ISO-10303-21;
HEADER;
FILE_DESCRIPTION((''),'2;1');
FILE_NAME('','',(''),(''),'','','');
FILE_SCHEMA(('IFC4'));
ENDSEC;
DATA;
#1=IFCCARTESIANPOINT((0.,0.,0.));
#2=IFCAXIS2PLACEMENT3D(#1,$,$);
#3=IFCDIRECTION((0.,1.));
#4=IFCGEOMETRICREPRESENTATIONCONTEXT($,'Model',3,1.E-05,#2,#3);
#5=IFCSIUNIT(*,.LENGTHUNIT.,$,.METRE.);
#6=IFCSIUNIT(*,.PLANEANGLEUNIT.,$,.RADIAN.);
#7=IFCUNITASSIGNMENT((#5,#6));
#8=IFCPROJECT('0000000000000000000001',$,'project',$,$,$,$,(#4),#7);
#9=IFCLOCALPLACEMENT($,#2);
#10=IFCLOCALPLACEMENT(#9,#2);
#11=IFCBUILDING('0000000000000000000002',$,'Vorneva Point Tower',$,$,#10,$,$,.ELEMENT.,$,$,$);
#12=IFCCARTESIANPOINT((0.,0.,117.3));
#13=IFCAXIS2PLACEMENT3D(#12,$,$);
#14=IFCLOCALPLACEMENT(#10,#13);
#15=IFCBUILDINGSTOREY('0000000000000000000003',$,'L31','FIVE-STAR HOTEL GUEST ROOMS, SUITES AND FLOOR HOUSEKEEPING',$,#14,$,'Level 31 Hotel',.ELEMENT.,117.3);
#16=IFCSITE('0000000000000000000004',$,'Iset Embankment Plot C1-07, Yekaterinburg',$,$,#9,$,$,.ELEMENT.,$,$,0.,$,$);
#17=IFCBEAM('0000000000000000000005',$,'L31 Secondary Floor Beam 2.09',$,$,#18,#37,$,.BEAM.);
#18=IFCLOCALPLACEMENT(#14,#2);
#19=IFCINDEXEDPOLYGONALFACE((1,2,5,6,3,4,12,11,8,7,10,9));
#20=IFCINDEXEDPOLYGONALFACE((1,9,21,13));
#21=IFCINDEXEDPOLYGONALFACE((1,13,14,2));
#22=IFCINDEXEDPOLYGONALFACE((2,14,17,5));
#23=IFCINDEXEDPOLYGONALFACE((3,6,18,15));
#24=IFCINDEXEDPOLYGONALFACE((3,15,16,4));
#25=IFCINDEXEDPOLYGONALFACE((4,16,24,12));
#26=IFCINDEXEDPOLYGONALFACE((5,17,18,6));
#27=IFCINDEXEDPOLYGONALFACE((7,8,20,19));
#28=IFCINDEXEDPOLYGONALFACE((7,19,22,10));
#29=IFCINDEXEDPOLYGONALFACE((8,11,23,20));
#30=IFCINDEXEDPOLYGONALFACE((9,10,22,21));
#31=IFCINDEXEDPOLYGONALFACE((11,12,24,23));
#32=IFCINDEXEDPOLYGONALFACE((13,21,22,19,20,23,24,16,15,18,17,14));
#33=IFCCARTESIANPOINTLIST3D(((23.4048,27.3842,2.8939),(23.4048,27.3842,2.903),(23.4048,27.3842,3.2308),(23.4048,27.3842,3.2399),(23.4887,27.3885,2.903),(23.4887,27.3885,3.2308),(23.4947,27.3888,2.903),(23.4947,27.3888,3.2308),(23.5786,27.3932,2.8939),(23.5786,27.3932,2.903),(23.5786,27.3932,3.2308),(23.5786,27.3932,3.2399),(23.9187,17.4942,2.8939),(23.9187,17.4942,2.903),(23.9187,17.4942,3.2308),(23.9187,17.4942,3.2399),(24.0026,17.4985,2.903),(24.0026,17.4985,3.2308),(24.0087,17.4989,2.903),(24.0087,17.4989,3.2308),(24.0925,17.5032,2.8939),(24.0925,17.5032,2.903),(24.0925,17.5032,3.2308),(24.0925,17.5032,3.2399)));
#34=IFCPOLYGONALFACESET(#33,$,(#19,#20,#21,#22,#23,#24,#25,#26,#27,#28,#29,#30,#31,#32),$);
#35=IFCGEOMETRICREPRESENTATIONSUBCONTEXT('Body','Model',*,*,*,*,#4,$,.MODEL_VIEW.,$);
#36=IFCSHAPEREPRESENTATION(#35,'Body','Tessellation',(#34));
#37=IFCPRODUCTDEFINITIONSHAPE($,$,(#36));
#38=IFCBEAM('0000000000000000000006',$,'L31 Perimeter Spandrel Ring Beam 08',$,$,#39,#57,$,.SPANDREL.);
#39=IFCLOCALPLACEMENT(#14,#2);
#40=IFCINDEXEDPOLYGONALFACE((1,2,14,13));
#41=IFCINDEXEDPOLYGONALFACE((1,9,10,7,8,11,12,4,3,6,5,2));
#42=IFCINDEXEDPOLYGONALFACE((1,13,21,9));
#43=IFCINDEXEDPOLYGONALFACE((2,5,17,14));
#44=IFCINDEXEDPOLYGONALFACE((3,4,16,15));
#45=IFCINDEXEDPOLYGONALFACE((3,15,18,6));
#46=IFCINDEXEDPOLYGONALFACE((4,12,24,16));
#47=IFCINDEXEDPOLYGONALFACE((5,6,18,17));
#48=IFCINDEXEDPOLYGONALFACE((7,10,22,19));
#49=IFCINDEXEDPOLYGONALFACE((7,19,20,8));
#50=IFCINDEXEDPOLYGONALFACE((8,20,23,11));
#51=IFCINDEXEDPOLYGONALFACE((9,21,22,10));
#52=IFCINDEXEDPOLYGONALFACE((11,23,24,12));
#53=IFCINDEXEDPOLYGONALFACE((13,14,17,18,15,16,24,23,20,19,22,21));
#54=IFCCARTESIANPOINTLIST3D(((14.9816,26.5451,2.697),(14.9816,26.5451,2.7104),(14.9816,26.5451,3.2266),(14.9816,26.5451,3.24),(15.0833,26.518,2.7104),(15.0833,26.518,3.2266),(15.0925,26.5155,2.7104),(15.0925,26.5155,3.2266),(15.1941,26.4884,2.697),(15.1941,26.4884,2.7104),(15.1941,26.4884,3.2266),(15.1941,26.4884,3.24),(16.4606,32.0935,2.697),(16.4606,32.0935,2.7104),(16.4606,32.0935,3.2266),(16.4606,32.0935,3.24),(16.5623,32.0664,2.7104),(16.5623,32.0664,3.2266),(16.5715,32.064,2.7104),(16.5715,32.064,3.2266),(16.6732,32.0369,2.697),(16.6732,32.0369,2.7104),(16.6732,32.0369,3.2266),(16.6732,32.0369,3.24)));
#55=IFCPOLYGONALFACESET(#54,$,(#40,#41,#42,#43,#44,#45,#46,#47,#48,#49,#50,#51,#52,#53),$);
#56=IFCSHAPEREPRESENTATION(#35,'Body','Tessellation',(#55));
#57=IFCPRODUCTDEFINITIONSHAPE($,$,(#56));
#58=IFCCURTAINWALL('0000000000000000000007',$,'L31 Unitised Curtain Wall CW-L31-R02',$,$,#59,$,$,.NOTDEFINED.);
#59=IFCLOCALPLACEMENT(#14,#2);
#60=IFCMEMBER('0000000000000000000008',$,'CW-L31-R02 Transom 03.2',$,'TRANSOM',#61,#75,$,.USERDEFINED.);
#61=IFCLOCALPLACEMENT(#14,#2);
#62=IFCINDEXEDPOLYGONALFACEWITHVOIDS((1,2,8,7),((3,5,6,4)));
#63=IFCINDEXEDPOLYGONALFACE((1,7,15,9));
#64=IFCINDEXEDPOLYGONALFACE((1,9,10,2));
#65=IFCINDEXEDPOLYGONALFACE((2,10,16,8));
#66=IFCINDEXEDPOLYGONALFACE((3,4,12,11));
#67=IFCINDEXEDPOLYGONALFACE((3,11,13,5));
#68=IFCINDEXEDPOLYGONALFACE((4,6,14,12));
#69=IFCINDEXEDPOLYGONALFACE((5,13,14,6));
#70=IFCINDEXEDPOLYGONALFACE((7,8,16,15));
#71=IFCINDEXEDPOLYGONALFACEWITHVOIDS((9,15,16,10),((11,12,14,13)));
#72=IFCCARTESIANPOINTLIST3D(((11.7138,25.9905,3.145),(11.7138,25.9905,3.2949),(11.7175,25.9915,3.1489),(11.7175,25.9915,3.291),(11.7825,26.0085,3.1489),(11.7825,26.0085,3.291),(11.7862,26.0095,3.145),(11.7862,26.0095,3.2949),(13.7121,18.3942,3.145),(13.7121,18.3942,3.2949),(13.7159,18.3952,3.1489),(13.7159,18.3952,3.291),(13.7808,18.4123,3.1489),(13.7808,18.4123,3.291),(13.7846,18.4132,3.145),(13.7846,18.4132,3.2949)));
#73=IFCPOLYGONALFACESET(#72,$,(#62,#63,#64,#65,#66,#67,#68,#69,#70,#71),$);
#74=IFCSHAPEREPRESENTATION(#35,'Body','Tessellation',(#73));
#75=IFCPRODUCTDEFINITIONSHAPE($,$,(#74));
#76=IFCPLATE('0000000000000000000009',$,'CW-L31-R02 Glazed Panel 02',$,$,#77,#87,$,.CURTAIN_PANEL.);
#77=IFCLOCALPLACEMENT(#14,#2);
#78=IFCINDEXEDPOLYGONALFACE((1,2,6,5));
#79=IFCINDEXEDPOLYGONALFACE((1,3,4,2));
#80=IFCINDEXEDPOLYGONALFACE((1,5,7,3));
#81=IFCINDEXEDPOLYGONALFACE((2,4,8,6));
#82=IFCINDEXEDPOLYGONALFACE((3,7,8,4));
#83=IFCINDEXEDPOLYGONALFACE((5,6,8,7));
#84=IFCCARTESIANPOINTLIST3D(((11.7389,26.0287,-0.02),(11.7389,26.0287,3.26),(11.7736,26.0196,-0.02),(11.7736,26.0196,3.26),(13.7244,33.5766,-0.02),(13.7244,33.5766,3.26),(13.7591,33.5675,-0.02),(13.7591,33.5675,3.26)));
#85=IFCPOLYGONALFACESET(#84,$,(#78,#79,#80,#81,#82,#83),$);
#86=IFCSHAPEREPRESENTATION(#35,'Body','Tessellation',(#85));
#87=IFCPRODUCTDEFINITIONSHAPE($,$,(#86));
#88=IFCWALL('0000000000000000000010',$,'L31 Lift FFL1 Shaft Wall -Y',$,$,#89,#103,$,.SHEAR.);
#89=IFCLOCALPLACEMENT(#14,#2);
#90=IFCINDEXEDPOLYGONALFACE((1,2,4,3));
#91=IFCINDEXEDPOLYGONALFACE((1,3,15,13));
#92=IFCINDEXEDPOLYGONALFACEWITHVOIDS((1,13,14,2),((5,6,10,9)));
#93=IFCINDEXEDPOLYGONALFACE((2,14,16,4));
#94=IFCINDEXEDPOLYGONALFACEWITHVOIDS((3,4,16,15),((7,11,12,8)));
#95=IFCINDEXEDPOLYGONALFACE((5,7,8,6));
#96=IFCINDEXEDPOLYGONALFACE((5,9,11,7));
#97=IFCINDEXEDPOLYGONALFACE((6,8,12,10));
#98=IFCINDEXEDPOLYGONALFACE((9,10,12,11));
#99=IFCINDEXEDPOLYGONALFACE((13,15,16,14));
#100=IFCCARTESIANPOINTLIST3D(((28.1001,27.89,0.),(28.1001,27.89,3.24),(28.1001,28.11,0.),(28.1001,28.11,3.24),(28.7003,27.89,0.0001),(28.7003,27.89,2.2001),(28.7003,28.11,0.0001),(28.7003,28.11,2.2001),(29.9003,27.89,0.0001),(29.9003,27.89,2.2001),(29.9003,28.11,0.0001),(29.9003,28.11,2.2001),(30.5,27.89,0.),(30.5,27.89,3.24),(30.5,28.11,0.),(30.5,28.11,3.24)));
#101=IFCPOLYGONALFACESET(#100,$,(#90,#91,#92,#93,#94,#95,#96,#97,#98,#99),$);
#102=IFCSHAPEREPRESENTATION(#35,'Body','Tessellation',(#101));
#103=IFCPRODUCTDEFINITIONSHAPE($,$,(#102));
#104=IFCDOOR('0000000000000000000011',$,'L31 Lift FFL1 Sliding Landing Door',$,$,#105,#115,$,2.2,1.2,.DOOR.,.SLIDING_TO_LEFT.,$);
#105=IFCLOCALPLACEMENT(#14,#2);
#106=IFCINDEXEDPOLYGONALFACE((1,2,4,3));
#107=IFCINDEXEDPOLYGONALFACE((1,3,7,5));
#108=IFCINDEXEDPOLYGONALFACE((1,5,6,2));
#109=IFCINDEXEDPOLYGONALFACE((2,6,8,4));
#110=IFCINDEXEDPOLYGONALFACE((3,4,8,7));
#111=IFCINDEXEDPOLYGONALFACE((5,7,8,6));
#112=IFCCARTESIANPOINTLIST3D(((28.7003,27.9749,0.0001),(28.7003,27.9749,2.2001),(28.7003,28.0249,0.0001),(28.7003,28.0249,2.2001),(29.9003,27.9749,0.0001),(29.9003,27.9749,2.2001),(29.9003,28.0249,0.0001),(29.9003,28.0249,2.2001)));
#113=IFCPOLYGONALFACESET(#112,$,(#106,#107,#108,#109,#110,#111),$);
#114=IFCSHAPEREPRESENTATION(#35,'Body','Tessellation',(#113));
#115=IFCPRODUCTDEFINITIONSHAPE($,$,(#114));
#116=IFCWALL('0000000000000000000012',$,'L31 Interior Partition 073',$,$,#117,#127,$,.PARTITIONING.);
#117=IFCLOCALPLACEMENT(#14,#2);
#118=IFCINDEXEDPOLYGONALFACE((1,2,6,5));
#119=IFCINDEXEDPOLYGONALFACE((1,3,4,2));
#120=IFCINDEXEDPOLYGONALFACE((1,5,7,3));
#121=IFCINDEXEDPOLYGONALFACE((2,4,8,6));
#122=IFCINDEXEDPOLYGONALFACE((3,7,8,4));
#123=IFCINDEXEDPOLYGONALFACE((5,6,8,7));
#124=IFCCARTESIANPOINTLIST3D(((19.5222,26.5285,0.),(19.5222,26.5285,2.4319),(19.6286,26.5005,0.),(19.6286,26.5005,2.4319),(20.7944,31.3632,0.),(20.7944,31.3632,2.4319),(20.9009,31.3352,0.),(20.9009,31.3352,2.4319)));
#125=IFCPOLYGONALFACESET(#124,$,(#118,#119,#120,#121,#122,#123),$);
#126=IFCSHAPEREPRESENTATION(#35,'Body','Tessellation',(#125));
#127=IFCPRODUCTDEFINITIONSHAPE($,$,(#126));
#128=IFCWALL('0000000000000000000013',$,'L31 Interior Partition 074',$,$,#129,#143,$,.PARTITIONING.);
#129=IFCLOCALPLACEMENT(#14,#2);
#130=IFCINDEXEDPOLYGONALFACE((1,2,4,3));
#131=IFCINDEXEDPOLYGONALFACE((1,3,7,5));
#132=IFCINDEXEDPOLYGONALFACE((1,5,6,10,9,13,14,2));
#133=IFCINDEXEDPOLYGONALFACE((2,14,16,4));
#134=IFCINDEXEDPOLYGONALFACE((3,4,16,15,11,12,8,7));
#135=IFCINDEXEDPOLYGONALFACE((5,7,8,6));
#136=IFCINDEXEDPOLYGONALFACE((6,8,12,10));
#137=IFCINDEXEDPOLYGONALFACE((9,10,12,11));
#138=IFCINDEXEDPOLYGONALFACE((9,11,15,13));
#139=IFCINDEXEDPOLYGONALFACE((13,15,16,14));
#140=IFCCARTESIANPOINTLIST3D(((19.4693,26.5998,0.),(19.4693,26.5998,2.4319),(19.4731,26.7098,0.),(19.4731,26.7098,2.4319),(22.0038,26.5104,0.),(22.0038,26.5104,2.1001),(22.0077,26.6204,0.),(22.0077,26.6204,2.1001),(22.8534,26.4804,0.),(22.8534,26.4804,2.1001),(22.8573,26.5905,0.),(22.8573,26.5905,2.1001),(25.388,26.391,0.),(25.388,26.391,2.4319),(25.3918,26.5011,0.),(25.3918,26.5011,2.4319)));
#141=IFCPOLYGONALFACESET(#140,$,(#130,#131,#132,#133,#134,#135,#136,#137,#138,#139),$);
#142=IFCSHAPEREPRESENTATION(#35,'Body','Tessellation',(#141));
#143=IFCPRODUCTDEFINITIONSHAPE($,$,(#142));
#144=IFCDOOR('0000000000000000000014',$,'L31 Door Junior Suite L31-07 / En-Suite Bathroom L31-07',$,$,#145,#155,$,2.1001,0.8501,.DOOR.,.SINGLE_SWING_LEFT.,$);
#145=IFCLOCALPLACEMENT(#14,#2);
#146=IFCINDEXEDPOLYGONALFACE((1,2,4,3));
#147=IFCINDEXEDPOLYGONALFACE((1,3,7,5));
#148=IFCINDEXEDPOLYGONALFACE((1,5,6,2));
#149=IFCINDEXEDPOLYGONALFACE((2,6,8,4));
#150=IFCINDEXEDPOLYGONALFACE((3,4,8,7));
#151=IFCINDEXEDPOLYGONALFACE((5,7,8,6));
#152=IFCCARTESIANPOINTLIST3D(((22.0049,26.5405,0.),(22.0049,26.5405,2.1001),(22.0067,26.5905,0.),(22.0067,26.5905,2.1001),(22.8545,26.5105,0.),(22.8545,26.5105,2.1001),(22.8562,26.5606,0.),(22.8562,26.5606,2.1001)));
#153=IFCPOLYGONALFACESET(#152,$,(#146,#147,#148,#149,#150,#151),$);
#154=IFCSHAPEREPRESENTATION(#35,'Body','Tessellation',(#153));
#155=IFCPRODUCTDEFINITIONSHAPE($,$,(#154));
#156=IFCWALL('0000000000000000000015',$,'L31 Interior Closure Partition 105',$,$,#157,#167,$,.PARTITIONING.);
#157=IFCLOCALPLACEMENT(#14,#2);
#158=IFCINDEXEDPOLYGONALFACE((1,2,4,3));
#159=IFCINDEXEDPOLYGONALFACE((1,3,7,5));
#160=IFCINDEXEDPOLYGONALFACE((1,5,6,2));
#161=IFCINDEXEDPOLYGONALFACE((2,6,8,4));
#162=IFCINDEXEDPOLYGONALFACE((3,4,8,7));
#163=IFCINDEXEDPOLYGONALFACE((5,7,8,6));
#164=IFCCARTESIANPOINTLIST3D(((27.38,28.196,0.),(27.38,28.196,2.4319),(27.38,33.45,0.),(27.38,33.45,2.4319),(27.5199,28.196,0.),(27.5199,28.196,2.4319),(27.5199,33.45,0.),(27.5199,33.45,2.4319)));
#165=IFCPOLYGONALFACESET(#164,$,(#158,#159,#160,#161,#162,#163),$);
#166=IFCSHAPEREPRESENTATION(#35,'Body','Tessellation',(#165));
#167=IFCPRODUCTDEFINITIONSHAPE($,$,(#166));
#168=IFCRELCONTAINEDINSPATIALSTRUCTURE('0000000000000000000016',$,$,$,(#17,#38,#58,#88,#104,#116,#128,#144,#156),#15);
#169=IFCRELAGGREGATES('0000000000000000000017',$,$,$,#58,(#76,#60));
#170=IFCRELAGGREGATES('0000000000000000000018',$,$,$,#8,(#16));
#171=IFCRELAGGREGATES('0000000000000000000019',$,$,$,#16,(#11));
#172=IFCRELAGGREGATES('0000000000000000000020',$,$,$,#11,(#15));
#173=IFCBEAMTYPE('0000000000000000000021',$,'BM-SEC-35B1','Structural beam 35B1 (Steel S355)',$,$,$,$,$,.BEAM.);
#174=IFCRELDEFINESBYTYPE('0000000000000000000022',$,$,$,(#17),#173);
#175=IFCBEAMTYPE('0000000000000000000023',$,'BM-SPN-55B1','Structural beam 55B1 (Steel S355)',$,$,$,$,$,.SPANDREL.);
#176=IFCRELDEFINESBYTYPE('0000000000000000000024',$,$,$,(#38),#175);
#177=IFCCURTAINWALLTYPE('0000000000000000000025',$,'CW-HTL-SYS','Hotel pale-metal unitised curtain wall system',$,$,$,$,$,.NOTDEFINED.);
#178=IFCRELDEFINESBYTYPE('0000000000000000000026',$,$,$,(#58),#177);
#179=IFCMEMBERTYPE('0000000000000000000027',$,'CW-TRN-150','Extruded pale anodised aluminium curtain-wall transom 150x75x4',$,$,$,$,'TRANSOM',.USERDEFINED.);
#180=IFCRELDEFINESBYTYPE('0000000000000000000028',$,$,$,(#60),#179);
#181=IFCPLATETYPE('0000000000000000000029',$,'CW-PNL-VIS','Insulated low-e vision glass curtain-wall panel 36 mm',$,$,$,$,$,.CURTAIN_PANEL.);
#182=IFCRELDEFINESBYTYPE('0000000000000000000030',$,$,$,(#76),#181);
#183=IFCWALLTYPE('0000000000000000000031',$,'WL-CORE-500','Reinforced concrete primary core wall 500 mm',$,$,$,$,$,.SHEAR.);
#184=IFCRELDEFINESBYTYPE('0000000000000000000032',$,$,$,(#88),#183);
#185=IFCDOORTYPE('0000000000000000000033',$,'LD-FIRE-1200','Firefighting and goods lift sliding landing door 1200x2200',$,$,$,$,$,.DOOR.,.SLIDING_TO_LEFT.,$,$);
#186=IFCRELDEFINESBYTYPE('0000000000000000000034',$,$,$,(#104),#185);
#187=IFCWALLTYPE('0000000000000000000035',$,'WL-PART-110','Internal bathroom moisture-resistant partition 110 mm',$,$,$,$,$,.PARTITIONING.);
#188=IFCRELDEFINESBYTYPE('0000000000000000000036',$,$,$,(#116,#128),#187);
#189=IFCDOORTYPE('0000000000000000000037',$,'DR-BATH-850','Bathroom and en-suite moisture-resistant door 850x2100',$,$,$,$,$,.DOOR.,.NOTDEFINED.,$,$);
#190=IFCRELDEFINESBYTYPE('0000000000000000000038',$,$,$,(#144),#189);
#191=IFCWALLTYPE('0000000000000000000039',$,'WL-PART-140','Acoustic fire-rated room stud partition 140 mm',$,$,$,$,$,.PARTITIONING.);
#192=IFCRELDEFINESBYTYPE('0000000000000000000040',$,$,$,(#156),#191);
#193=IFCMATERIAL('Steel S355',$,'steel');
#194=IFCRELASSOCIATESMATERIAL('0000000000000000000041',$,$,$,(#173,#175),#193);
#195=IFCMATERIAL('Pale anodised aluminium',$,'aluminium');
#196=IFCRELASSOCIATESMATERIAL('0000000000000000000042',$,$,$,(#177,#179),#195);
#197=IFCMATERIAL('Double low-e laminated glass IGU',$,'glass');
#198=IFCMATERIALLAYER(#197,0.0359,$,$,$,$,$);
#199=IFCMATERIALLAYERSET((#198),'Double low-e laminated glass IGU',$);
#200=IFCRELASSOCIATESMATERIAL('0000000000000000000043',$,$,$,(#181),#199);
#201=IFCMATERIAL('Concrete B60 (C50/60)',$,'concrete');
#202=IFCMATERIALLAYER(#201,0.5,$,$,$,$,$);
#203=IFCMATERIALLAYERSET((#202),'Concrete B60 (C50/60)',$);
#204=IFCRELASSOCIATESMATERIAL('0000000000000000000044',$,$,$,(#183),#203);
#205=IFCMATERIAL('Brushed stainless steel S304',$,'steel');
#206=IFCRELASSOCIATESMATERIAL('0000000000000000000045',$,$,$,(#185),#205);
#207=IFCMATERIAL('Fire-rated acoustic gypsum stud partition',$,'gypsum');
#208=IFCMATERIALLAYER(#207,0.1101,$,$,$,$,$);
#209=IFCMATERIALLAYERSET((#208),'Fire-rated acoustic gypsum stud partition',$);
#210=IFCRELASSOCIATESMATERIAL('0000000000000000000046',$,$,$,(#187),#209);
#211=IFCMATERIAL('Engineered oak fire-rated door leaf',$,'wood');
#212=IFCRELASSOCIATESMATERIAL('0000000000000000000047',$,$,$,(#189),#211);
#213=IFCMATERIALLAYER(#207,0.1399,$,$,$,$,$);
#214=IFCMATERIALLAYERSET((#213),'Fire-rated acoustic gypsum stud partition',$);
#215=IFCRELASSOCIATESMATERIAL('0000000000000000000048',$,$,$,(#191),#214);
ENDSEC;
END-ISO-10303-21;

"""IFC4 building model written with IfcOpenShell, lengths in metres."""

from ifc_helpers import new_model, si_unit, direction, frame, frame_2d, origin, origin_2d, place, context, subcontext, project, spatial, rectangle, hollow_rectangle, i_section, extrude, material, layer, layer_set, material_profile, profile_set, type_object, element, fill, aggregate, save


model = new_model("IFC4")

# Units and contexts
model_context = context("Model", 3, precision=1e-05, world=origin(), true_north=direction((0.0, 1.0)))
body_context = subcontext(model_context, "Body", "Model", "MODEL_VIEW")
ifc_project = project(units=[si_unit("LENGTHUNIT", "METRE"), si_unit("PLANEANGLEUNIT", "RADIAN")], contexts=[model_context])

# Site, building, storey
site_placement = place(None, origin())
site = spatial("IfcSite", under=ifc_project, at=site_placement, Name="Iset Embankment Plot C1-07, Yekaterinburg", CompositionType="ELEMENT", RefElevation=0.0)
building_placement = place(site_placement, origin())
building = spatial("IfcBuilding", under=site, at=building_placement, Name="Vorneva Point Tower", CompositionType="ELEMENT")
storey_placement = place(building_placement, frame((0.0, 0.0, 117.3)))
storey = spatial("IfcBuildingStorey", under=building, at=storey_placement, Name="L31", Description="FIVE-STAR HOTEL GUEST ROOMS, SUITES AND FLOOR HOUSEKEEPING", LongName="Level 31 Hotel", CompositionType="ELEMENT", Elevation=117.3)

# Shared definitions
ifc_material_1 = material(Name="Concrete B60 (C50/60)", Category="concrete")

# Beams
ifc_material_2 = material(Name="Steel S355", Category="steel")
ifc_material_profile_1 = material_profile(ifc_material_2, i_section(OverallWidth=0.1741, OverallDepth=0.3459, WebThickness=0.0061, FlangeThickness=0.009, at=origin_2d()), Name="35B1")
ifc_profile_set_1 = profile_set([ifc_material_profile_1], Name="Steel S355")
beam_type_1 = type_object("IfcBeamType", Name="BM-SEC-35B1", Description="Structural beam 35B1 (Steel S355)", PredefinedType="BEAM", material=ifc_profile_set_1)
beam_1_placement = place(storey_placement, frame((23.4917, 27.3887, 3.0669), z_axis=(0.051894, -0.998653, 0.0), x_axis=(0.998653, 0.051894, 0.0)))
element("IfcBeam", 1, at=beam_1_placement, inside=storey, type_object=beam_type_1, Name="L31 Secondary Floor Beam 2.09", PredefinedType="BEAM", context=body_context, shape_type="SweptSolid", body=[
    extrude(i_section(OverallWidth=0.1741, OverallDepth=0.3459, WebThickness=0.0061, FlangeThickness=0.009, at=origin_2d()), origin(), (0.0, 0.0, 1.0), 9.9033),
])
ifc_material_profile_2 = material_profile(ifc_material_2, i_section(OverallWidth=0.22, OverallDepth=0.543, WebThickness=0.0095, FlangeThickness=0.0134, at=origin_2d()), Name="55B1")
ifc_profile_set_2 = profile_set([ifc_material_profile_2], Name="Steel S355")
beam_type_2 = type_object("IfcBeamType", Name="BM-SPN-55B1", Description="Structural beam 55B1 (Steel S355)", PredefinedType="SPANDREL", material=ifc_profile_set_2)
beam_2_placement = place(storey_placement, frame((16.5669, 32.0652, 2.9685), z_axis=(-0.257573, -0.966259, 0.0), x_axis=(0.966259, -0.257573, 0.0)))
element("IfcBeam", 2, at=beam_2_placement, inside=storey, type_object=beam_type_2, Name="L31 Perimeter Spandrel Ring Beam 08", PredefinedType="SPANDREL", context=body_context, shape_type="SweptSolid", body=[
    extrude(i_section(OverallWidth=0.22, OverallDepth=0.543, WebThickness=0.0095, FlangeThickness=0.0134, at=origin_2d()), origin(), (0.0, 0.0, 1.0), 5.7422),
])

# Curtain wall, member, plate
ifc_material_3 = material(Name="Pale anodised aluminium", Category="aluminium")
curtain_wall_type = type_object("IfcCurtainWallType", Name="CW-HTL-SYS", Description="Hotel pale-metal unitised curtain wall system", PredefinedType="NOTDEFINED", material=ifc_material_3)
curtain_wall_placement = place(storey_placement, origin())
curtain_wall = element("IfcCurtainWall", 3, at=curtain_wall_placement, inside=storey, type_object=curtain_wall_type, Name="L31 Unitised Curtain Wall CW-L31-R02", PredefinedType="NOTDEFINED")
ifc_material_profile_3 = material_profile(ifc_material_3, hollow_rectangle(XDim=0.075, YDim=0.1499, WallThickness=0.0039, at=origin_2d()), Name="AL-TRN 150x75x4")
ifc_profile_set_3 = profile_set([ifc_material_profile_3], Name="Pale anodised aluminium")
member_type = type_object("IfcMemberType", Name="CW-TRN-150", Description="Extruded pale anodised aluminium curtain-wall transom 150x75x4", ElementType="TRANSOM", PredefinedType="USERDEFINED", material=ifc_profile_set_3)
member_placement = place(storey_placement, frame((11.75, 26.0, 3.22), z_axis=(0.254409, -0.967097, 0.0), x_axis=(0.967097, 0.254409, 0.0)))
member = element("IfcMember", 4, at=member_placement, type_object=member_type, Name="CW-L31-R02 Transom 03.2", ObjectType="TRANSOM", PredefinedType="USERDEFINED", context=body_context, shape_type="SweptSolid", body=[
    extrude(hollow_rectangle(XDim=0.075, YDim=0.1499, WallThickness=0.0039, at=origin_2d()), origin(), (0.0, 0.0, 1.0), 7.8547),
])
ifc_material_4 = material(Name="Double low-e laminated glass IGU", Category="glass")
ifc_layer_1 = layer(ifc_material_4, 0.0359)
ifc_layer_set_1 = layer_set([ifc_layer_1], Name="Double low-e laminated glass IGU")
plate_type = type_object("IfcPlateType", Name="CW-PNL-VIS", Description="Insulated low-e vision glass curtain-wall panel 36 mm", PredefinedType="CURTAIN_PANEL", material=ifc_layer_set_1)
plate_placement = place(storey_placement, frame((12.749, 29.7981, -0.02), z_axis=(0.0, 0.0, 1.0), x_axis=(-0.254399, -0.967099, 0.0)))
plate = element("IfcPlate", 5, at=plate_placement, type_object=plate_type, Name="CW-L31-R02 Glazed Panel 02", PredefinedType="CURTAIN_PANEL", context=body_context, shape_type="SweptSolid", body=[
    extrude(rectangle(XDim=7.8047, YDim=0.0359, at=origin_2d()), origin(), (0.0, 0.0, 1.0), 3.28),
])
aggregate(curtain_wall, [plate, member])

# Wall, opening, door
ifc_layer_2 = layer(ifc_material_1, 0.5)
ifc_layer_set_2 = layer_set([ifc_layer_2], Name="Concrete B60 (C50/60)")
wall_type_1 = type_object("IfcWallType", Name="WL-CORE-500", Description="Reinforced concrete primary core wall 500 mm", PredefinedType="SHEAR", material=ifc_layer_set_2)
wall_1_placement = place(storey_placement, frame((28.1001, 28.0, 0.0), z_axis=(0.0, 0.0, 1.0), x_axis=(1.0, 0.0, 0.0)))
wall_1 = element("IfcWall", 6, at=wall_1_placement, inside=storey, type_object=wall_type_1, Name="L31 Lift FFL1 Shaft Wall -Y", PredefinedType="SHEAR", context=body_context, shape_type="SweptSolid", body=[
    extrude(rectangle(XDim=2.3999, YDim=0.22, at=frame_2d((1.2, 0.0))), origin(), (0.0, 0.0, 1.0), 3.24),
])
opening_1_placement = place(wall_1_placement, frame((0.6001, 0.0, 0.0)))
opening_1 = element("IfcOpeningElement", 7, at=opening_1_placement, cuts=wall_1, PredefinedType="OPENING", context=body_context, shape_type="SweptSolid", body=[
    extrude(rectangle(XDim=1.2, YDim=2.2, at=frame_2d((0.6001, 1.1001))), frame((0.0, 0.125, 0.0), z_axis=(0.0, -1.0, 0.0), x_axis=(1.0, 0.0, 0.0)), (0.0, 0.0, 1.0), 0.2498),
])
ifc_material_5 = material(Name="Brushed stainless steel S304", Category="steel")
door_type_1 = type_object("IfcDoorType", Name="LD-FIRE-1200", Description="Firefighting and goods lift sliding landing door 1200x2200", OperationType="SLIDING_TO_LEFT", PredefinedType="DOOR", material=ifc_material_5)
door_1_placement = place(opening_1_placement, origin())
door_1 = element("IfcDoor", 8, at=door_1_placement, inside=storey, type_object=door_type_1, Name="L31 Lift FFL1 Sliding Landing Door", OperationType="SLIDING_TO_LEFT", OverallHeight=2.2, OverallWidth=1.2, PredefinedType="DOOR", context=body_context, shape_type="SweptSolid", body=[
    extrude(rectangle(XDim=1.2, YDim=2.2, at=frame_2d((0.6001, 1.1001))), frame((0.0, 0.0249, 0.0), z_axis=(0.0, -1.0, 0.0), x_axis=(1.0, 0.0, 0.0)), (0.0, 0.0, 1.0), 0.05),
])
fill(opening_1, door_1)

# Wall
ifc_material_6 = material(Name="Fire-rated acoustic gypsum stud partition", Category="gypsum")
ifc_layer_3 = layer(ifc_material_6, 0.1101)
ifc_layer_set_3 = layer_set([ifc_layer_3], Name="Fire-rated acoustic gypsum stud partition")
wall_type_2 = type_object("IfcWallType", Name="WL-PART-110", Description="Internal bathroom moisture-resistant partition 110 mm", PredefinedType="PARTITIONING", material=ifc_layer_set_3)
wall_2_placement = place(storey_placement, frame((19.5754, 26.5146, 0.0), z_axis=(0.0, 0.0, 1.0), x_axis=(0.254479, 0.967078, 0.0)))
element("IfcWall", 9, at=wall_2_placement, inside=storey, type_object=wall_type_2, Name="L31 Interior Partition 073", PredefinedType="PARTITIONING", context=body_context, shape_type="SweptSolid", body=[
    extrude(rectangle(XDim=4.9993, YDim=0.1101, at=frame_2d((2.4995, 0.0))), origin(), (0.0, 0.0, 1.0), 2.4319),
])

# Wall, opening, door
wall_3_placement = place(storey_placement, frame((25.3899, 26.446, 0.0), z_axis=(0.0, 0.0, 1.0), x_axis=(-0.999379, 0.035246, 0.0)))
wall_3 = element("IfcWall", 10, at=wall_3_placement, inside=storey, type_object=wall_type_2, Name="L31 Interior Partition 074", PredefinedType="PARTITIONING", context=body_context, shape_type="SweptSolid", body=[
    extrude(rectangle(XDim=5.9224, YDim=0.1101, at=frame_2d((2.9612, 0.0))), origin(), (0.0, 0.0, 1.0), 2.4319),
])
opening_2_placement = place(wall_3_placement, frame((2.5361, 0.0, 0.0)))
opening_2 = element("IfcOpeningElement", 11, at=opening_2_placement, cuts=wall_3, PredefinedType="OPENING", context=body_context, shape_type="SweptSolid", body=[
    extrude(rectangle(XDim=0.8501, YDim=2.1001, at=frame_2d((0.425, 1.05))), frame((0.0, 0.0698, 0.0), z_axis=(0.0, -1.0, 0.0), x_axis=(1.0, 0.0, 0.0)), (0.0, 0.0, 1.0), 0.1399),
])
ifc_material_7 = material(Name="Engineered oak fire-rated door leaf", Category="wood")
door_type_2 = type_object("IfcDoorType", Name="DR-BATH-850", Description="Bathroom and en-suite moisture-resistant door 850x2100", OperationType="NOTDEFINED", PredefinedType="DOOR", material=ifc_material_7)
door_2_placement = place(opening_2_placement, origin())
door_2 = element("IfcDoor", 12, at=door_2_placement, inside=storey, type_object=door_type_2, Name="L31 Door Junior Suite L31-07 / En-Suite Bathroom L31-07", OperationType="SINGLE_SWING_LEFT", OverallHeight=2.1001, OverallWidth=0.8501, PredefinedType="DOOR", context=body_context, shape_type="SweptSolid", body=[
    extrude(rectangle(XDim=0.8501, YDim=2.1001, at=frame_2d((0.425, 1.05))), frame((0.0, 0.0249, 0.0), z_axis=(0.0, -1.0, 0.0), x_axis=(1.0, 0.0, 0.0)), (0.0, 0.0, 1.0), 0.05),
])
fill(opening_2, door_2)

# Wall
ifc_layer_4 = layer(ifc_material_6, 0.1399)
ifc_layer_set_4 = layer_set([ifc_layer_4], Name="Fire-rated acoustic gypsum stud partition")
wall_type_3 = type_object("IfcWallType", Name="WL-PART-140", Description="Acoustic fire-rated room stud partition 140 mm", PredefinedType="PARTITIONING", material=ifc_layer_set_4)
wall_4_placement = place(storey_placement, frame((27.45, 28.196, 0.0), z_axis=(0.0, 0.0, 1.0), x_axis=(0.0, 1.0, 0.0)))
element("IfcWall", 13, at=wall_4_placement, inside=storey, type_object=wall_type_3, Name="L31 Interior Closure Partition 105", PredefinedType="PARTITIONING", context=body_context, shape_type="SweptSolid", body=[
    extrude(rectangle(XDim=5.2539, YDim=0.1399, at=frame_2d((2.627, 0.0))), origin(), (0.0, 0.0, 1.0), 2.4319),
])

save(model, "model.ifc")
